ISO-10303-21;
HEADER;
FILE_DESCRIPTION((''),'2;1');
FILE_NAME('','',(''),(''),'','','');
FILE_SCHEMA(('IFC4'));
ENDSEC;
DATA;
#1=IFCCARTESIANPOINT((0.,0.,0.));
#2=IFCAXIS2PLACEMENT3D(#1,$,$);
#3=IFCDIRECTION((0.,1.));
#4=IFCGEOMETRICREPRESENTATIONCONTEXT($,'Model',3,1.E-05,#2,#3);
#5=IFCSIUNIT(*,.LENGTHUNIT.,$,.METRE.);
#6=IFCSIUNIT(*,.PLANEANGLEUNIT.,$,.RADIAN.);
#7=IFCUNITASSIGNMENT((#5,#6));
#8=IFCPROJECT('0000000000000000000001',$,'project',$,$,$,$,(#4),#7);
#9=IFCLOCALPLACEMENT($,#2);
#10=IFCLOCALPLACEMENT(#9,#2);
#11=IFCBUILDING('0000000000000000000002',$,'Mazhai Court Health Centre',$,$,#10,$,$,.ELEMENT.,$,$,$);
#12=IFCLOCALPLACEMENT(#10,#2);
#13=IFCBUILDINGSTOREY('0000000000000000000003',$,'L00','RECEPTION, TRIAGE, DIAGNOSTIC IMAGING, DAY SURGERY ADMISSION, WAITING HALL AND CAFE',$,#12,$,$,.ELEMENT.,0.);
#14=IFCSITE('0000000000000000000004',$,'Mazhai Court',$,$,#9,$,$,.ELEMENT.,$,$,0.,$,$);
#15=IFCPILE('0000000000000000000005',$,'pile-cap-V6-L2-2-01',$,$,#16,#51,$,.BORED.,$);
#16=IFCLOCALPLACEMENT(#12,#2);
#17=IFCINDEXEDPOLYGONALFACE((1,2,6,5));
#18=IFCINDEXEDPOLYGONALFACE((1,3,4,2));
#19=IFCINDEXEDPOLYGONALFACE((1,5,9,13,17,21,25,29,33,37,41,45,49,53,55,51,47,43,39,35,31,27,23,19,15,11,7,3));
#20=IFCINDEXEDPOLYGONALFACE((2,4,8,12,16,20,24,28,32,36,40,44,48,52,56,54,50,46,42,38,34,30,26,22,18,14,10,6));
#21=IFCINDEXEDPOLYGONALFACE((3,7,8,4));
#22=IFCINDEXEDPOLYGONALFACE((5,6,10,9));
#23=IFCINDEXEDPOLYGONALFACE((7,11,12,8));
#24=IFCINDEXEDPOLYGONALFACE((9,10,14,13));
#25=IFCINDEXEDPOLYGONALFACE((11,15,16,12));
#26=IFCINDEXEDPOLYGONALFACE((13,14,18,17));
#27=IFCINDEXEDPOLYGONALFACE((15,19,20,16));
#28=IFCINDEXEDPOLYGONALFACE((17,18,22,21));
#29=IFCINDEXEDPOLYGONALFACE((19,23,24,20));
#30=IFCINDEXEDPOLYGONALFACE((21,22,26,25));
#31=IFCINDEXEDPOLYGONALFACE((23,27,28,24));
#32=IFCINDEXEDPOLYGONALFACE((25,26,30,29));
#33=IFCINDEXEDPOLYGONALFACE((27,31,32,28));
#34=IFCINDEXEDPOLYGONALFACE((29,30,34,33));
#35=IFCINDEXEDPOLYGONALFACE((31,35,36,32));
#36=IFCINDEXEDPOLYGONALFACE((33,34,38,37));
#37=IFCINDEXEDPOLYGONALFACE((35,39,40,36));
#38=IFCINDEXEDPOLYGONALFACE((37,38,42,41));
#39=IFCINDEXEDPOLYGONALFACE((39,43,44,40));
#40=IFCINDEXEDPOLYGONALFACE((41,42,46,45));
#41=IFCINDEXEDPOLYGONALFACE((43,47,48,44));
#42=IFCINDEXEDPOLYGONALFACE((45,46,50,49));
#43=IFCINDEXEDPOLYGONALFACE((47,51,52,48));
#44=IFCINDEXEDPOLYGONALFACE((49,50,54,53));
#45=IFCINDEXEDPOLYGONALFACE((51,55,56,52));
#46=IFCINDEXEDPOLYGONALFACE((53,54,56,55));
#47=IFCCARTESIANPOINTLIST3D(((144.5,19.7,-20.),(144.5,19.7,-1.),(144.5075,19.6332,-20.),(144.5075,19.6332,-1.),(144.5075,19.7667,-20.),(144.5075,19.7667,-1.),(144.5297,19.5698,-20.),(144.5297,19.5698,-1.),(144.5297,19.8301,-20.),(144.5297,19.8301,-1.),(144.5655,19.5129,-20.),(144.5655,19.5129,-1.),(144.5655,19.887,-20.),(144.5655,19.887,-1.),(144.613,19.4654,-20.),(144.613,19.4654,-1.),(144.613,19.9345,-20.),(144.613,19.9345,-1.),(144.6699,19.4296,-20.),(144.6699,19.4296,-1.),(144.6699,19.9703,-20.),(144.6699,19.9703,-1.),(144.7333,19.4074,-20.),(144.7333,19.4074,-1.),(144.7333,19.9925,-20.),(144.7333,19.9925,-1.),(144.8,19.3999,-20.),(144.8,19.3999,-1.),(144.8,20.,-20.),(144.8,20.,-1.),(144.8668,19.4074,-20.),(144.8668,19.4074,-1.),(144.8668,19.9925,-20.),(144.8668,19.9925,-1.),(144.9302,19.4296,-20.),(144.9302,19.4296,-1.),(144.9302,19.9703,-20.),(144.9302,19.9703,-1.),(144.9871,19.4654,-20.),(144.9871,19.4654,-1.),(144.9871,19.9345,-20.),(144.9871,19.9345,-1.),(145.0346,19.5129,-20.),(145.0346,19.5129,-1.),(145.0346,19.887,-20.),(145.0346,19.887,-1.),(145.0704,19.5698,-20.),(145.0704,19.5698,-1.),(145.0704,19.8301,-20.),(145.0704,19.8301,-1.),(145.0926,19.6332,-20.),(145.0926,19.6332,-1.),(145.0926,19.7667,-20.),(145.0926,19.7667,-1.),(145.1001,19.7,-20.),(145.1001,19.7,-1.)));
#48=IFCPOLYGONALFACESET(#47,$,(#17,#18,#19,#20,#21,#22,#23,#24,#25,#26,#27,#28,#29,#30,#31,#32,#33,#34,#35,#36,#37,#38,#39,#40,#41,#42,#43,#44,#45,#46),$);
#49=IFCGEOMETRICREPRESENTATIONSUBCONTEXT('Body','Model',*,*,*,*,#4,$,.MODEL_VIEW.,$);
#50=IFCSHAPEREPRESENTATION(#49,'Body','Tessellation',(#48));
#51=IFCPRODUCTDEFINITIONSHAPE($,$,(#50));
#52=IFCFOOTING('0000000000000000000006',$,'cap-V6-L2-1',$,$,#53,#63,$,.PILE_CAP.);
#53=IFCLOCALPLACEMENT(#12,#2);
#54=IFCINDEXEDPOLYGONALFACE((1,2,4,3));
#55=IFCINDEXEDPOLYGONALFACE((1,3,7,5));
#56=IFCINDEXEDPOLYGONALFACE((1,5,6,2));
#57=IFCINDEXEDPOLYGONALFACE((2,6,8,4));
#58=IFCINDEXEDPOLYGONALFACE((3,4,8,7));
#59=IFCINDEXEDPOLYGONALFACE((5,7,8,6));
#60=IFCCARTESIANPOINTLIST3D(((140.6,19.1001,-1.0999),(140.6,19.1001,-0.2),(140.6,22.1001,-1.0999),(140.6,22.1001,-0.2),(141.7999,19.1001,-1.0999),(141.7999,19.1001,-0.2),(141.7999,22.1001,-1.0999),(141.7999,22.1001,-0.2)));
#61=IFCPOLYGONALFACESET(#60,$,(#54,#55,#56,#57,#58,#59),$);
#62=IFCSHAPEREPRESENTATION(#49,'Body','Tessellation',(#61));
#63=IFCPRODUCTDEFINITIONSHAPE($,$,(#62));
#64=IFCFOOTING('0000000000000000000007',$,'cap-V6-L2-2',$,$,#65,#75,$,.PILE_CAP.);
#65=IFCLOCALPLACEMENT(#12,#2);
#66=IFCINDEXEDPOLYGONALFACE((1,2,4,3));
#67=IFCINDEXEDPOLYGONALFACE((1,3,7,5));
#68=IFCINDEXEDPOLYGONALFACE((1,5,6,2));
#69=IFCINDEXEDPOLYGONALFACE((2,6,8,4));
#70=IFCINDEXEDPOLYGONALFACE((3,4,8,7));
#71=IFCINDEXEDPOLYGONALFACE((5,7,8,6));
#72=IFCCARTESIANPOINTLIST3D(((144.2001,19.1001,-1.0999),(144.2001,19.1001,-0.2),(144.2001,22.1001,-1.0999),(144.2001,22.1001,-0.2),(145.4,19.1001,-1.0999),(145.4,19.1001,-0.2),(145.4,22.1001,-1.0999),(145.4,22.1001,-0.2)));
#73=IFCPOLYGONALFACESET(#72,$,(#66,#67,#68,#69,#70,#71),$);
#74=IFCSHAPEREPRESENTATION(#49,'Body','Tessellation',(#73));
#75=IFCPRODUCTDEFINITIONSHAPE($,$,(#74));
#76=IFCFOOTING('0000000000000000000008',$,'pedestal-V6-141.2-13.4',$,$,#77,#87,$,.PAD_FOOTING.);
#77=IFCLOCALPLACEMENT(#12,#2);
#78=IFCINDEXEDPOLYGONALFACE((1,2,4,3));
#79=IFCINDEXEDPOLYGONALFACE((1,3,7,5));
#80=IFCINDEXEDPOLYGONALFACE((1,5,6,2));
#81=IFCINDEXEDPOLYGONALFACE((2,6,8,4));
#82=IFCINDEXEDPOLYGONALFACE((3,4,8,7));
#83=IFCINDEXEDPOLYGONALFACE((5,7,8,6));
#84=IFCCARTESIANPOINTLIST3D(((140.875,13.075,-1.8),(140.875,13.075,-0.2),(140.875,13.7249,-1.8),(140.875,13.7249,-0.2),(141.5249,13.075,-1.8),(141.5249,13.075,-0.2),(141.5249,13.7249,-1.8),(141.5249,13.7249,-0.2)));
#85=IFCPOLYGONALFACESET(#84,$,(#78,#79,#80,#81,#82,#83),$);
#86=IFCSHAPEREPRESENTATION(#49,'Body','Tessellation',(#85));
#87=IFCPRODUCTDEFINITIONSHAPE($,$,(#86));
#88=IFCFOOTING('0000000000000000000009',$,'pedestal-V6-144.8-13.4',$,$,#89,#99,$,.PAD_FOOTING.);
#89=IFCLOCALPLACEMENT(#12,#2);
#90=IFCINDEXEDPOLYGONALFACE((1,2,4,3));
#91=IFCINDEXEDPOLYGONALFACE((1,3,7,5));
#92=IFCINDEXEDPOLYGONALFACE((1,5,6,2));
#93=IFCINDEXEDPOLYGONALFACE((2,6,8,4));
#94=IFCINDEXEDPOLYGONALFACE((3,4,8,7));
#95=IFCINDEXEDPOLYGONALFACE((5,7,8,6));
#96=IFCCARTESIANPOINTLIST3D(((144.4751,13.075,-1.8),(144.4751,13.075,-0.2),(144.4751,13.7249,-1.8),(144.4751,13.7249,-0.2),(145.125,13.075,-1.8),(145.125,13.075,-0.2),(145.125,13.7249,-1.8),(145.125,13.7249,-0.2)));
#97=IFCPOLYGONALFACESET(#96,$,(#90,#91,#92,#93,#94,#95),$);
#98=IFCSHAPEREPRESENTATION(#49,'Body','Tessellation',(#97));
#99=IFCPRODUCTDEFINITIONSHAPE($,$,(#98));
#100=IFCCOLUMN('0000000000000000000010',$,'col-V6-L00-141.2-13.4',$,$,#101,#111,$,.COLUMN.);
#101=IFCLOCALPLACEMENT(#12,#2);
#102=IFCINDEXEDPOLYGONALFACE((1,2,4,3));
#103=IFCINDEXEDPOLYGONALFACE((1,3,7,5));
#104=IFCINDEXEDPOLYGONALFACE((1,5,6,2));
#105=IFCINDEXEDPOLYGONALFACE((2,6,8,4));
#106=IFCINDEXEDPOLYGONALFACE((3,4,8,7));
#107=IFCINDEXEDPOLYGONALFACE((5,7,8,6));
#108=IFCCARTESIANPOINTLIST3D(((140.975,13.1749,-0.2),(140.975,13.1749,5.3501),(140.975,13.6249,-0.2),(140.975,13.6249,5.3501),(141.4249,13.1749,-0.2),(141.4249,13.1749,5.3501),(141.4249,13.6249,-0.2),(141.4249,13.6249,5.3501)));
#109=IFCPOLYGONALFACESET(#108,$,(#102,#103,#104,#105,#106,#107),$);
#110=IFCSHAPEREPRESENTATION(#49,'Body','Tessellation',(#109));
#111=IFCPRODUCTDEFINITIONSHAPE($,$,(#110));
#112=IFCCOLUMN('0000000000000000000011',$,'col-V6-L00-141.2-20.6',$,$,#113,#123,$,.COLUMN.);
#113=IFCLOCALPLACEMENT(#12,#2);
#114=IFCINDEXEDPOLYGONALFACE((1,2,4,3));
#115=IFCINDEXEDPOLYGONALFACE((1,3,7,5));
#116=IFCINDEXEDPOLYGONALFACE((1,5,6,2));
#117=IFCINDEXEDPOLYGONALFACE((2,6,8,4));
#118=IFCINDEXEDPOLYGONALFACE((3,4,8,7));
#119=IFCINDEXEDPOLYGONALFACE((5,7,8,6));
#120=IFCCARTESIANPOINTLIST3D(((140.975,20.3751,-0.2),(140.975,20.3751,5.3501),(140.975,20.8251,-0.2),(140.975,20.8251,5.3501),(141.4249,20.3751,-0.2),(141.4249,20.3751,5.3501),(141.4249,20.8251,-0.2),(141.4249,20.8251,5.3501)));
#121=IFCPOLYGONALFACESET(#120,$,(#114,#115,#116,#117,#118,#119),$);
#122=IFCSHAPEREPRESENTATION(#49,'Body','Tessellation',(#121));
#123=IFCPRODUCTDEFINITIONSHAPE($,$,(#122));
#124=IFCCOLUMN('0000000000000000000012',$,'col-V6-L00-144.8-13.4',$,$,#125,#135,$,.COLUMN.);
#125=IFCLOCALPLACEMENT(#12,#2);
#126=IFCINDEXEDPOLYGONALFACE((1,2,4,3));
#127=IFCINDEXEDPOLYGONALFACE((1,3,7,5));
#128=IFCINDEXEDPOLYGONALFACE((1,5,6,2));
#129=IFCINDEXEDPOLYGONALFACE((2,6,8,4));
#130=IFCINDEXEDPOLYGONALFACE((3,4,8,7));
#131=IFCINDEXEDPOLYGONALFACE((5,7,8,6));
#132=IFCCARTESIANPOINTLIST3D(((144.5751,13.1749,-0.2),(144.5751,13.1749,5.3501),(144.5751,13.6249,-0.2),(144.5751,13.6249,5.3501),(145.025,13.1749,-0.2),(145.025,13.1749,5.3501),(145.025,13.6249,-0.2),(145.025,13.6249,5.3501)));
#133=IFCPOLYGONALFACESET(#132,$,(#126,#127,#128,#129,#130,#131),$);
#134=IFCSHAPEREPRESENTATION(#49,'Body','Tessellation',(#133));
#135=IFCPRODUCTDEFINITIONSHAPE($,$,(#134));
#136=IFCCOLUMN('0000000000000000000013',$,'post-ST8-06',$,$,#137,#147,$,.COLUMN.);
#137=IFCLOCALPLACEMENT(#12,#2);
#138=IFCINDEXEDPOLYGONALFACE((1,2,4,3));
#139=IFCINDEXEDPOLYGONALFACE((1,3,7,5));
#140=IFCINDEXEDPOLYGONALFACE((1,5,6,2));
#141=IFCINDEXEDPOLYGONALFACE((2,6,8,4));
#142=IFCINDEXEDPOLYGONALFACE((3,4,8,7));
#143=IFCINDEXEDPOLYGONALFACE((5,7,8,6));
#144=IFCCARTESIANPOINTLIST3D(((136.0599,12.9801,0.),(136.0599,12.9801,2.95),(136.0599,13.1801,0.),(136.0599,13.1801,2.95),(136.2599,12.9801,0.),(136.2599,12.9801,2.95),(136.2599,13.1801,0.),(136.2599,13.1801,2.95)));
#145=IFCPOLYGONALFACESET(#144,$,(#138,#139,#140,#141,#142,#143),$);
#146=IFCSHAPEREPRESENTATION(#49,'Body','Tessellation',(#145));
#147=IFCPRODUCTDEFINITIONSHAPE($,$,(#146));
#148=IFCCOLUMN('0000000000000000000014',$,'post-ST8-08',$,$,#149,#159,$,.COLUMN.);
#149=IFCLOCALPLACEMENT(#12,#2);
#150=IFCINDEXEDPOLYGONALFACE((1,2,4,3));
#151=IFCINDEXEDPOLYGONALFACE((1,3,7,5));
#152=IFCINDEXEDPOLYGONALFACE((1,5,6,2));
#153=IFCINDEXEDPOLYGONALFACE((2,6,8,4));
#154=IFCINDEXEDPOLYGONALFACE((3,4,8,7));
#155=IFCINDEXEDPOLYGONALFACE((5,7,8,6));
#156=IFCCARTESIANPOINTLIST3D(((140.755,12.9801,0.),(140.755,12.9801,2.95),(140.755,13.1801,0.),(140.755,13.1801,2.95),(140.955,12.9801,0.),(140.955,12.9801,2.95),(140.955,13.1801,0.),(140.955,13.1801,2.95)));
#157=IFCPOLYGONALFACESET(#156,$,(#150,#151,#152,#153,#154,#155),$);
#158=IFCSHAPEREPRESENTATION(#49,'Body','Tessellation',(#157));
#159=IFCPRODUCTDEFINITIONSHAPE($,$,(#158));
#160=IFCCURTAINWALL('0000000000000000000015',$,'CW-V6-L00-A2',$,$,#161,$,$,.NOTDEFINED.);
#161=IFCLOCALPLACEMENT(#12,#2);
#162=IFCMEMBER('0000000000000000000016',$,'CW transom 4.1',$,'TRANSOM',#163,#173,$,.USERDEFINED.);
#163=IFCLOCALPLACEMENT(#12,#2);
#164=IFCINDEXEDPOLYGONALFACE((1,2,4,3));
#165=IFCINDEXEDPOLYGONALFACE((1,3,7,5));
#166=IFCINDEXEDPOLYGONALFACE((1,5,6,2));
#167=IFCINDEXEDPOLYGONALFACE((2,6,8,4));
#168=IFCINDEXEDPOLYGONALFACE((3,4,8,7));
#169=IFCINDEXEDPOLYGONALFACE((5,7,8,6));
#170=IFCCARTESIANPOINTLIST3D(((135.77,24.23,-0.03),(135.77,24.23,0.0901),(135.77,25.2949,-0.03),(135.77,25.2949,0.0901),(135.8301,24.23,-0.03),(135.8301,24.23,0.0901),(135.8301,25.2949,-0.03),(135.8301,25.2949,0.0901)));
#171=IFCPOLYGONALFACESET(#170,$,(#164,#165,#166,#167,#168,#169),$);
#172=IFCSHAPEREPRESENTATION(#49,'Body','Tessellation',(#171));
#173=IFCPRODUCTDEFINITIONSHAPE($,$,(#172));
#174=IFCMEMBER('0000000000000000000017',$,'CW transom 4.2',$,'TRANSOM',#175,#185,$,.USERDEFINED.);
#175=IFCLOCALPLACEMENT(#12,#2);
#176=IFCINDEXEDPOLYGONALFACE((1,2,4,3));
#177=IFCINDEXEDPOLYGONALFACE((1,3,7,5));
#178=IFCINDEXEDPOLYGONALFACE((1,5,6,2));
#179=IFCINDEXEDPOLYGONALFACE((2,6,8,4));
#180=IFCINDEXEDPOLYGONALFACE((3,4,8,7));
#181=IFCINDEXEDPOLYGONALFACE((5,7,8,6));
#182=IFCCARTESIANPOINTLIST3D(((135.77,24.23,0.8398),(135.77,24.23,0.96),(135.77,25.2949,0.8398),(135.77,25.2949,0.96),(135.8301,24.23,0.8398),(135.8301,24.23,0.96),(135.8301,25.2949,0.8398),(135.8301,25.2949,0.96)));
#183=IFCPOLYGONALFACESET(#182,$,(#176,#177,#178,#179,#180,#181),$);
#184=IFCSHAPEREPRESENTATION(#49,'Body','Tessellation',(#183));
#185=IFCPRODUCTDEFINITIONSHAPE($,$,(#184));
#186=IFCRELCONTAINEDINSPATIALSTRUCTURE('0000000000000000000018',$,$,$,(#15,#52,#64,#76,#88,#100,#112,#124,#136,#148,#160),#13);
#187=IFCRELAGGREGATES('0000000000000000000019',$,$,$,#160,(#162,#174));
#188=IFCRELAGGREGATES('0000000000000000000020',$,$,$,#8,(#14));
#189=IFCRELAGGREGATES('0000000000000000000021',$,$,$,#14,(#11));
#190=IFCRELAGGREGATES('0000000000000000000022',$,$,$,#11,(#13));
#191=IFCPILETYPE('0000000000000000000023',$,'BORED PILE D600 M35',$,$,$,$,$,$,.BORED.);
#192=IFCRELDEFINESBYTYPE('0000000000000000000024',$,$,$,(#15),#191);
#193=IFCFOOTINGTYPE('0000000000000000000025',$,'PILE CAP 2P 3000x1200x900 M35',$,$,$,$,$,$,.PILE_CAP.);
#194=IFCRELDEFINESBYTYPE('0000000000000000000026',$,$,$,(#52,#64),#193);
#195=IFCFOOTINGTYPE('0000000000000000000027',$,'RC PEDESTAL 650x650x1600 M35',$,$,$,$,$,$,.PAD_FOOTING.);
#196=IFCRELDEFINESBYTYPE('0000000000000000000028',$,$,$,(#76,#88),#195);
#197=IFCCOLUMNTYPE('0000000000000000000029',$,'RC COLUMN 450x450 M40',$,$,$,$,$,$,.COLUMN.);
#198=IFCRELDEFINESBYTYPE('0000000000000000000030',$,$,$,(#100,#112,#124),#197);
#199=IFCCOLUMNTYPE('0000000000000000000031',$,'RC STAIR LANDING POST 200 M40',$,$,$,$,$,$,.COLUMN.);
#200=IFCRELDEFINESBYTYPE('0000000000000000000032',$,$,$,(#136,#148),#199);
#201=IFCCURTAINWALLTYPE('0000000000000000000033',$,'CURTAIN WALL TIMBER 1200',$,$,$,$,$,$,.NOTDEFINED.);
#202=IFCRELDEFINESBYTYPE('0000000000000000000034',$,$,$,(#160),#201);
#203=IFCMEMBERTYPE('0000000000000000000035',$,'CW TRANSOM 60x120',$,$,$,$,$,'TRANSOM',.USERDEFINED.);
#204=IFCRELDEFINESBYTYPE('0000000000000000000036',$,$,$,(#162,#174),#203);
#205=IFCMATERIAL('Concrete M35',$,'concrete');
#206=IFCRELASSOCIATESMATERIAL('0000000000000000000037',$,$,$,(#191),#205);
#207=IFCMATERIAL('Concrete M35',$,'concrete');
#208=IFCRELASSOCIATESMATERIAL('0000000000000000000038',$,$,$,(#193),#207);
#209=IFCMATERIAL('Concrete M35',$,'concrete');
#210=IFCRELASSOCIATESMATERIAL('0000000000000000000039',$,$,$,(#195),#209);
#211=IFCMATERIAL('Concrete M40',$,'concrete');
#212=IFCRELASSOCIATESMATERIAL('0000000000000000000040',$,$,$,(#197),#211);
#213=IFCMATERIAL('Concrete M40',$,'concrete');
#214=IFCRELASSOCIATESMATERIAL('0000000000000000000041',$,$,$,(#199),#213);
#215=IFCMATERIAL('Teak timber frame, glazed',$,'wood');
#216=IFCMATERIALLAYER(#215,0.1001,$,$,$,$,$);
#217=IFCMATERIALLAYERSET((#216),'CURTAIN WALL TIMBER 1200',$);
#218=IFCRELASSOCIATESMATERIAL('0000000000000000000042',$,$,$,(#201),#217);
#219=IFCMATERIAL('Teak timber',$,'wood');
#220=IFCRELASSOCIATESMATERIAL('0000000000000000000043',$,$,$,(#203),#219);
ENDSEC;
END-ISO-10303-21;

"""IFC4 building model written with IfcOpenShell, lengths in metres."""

from ifc_helpers import new_model, si_unit, direction, frame, origin, origin_2d, place, context, subcontext, project, spatial, rectangle, circle, extrude, material, layer, layer_set, material_profile, profile_set, type_object, element, aggregate, save


model = new_model("IFC4")

# Units and contexts
model_context = context("Model", 3, precision=1e-05, world=origin(), true_north=direction((0.0, 1.0)))
body_context = subcontext(model_context, "Body", "Model", "MODEL_VIEW")
ifc_project = project(units=[si_unit("LENGTHUNIT", "METRE"), si_unit("PLANEANGLEUNIT", "RADIAN")], contexts=[model_context])

# Site, building, storey
site_placement = place(None, origin())
site = spatial("IfcSite", under=ifc_project, at=site_placement, Name="Mazhai Court", CompositionType="ELEMENT", RefElevation=0.0)
building_placement = place(site_placement, origin())
building = spatial("IfcBuilding", under=site, at=building_placement, Name="Mazhai Court Health Centre", CompositionType="ELEMENT")
storey_placement = place(building_placement, origin())
storey = spatial("IfcBuildingStorey", under=building, at=storey_placement, Name="L00", Description="RECEPTION, TRIAGE, DIAGNOSTIC IMAGING, DAY SURGERY ADMISSION, WAITING HALL AND CAFE", CompositionType="ELEMENT", Elevation=0.0)

# Pile
ifc_material_1 = material(Name="Concrete M35", Category="concrete")
ifc_material_profile_1 = material_profile(ifc_material_1, circle(Radius=0.3, at=origin_2d()), Name="RC PILE D600")
ifc_profile_set_1 = profile_set([ifc_material_profile_1], Name="Concrete M35")
pile_type = type_object("IfcPileType", Name="BORED PILE D600 M35", PredefinedType="BORED", material=ifc_profile_set_1)
for number, where, z_axis, x_axis, name in (
    (1, (144.8, 19.7, -1.0), (0.0, 0.0, -1.0), (1.0, 0.0, 0.0), "pile-cap-V6-L2-2-01"),
):
    element("IfcPile", number, at=place(storey_placement, frame(where, z_axis=z_axis, x_axis=x_axis)), inside=storey, type_object=pile_type, Name=name, PredefinedType="BORED", context=body_context, shape_type="SweptSolid", body=[
        extrude(circle(Radius=0.3, at=origin_2d()), origin(), (0.0, 0.0, 1.0), 19.0),
    ])

# Footings
ifc_material_2 = material(Name="Concrete M35", Category="concrete")
footing_type_1 = type_object("IfcFootingType", Name="PILE CAP 2P 3000x1200x900 M35", PredefinedType="PILE_CAP", material=ifc_material_2)
for number, where, z_axis, x_axis, name in (
    (2, (141.2, 20.6001, -1.0999), (0.0, 0.0, 1.0), (1.0, 0.0, 0.0), "cap-V6-L2-1"),
    (3, (144.8, 20.6001, -1.0999), (0.0, 0.0, 1.0), (1.0, 0.0, 0.0), "cap-V6-L2-2"),
):
    element("IfcFooting", number, at=place(storey_placement, frame(where, z_axis=z_axis, x_axis=x_axis)), inside=storey, type_object=footing_type_1, Name=name, PredefinedType="PILE_CAP", context=body_context, shape_type="SweptSolid", body=[
        extrude(rectangle(XDim=1.2, YDim=3.0, at=origin_2d()), origin(), (0.0, 0.0, 1.0), 0.8999),
    ])
ifc_material_3 = material(Name="Concrete M35", Category="concrete")
footing_type_2 = type_object("IfcFootingType", Name="RC PEDESTAL 650x650x1600 M35", PredefinedType="PAD_FOOTING", material=ifc_material_3)
for number, where, z_axis, x_axis, name in (
    (4, (141.2, 13.3999, -1.8), (0.0, 0.0, 1.0), (1.0, 0.0, 0.0), "pedestal-V6-141.2-13.4"),
    (5, (144.8, 13.3999, -1.8), (0.0, 0.0, 1.0), (1.0, 0.0, 0.0), "pedestal-V6-144.8-13.4"),
):
    element("IfcFooting", number, at=place(storey_placement, frame(where, z_axis=z_axis, x_axis=x_axis)), inside=storey, type_object=footing_type_2, Name=name, PredefinedType="PAD_FOOTING", context=body_context, shape_type="SweptSolid", body=[
        extrude(rectangle(XDim=0.6499, YDim=0.6499, at=origin_2d()), origin(), (0.0, 0.0, 1.0), 1.6001),
    ])

# Columns
ifc_material_4 = material(Name="Concrete M40", Category="concrete")
ifc_material_profile_2 = material_profile(ifc_material_4, rectangle(XDim=0.45, YDim=0.45, at=origin_2d()), Name="RC 450x450")
ifc_profile_set_2 = profile_set([ifc_material_profile_2], Name="Concrete M40")
column_type_1 = type_object("IfcColumnType", Name="RC COLUMN 450x450 M40", PredefinedType="COLUMN", material=ifc_profile_set_2)
for number, where, z_axis, x_axis, name in (
    (6, (141.2, 13.3999, -0.2), (0.0, 0.0, 1.0), (1.0, 0.0, 0.0), "col-V6-L00-141.2-13.4"),
    (7, (141.2, 20.6001, -0.2), (0.0, 0.0, 1.0), (1.0, 0.0, 0.0), "col-V6-L00-141.2-20.6"),
    (8, (144.8, 13.3999, -0.2), (0.0, 0.0, 1.0), (1.0, 0.0, 0.0), "col-V6-L00-144.8-13.4"),
):
    element("IfcColumn", number, at=place(storey_placement, frame(where, z_axis=z_axis, x_axis=x_axis)), inside=storey, type_object=column_type_1, Name=name, PredefinedType="COLUMN", context=body_context, shape_type="SweptSolid", body=[
        extrude(rectangle(XDim=0.45, YDim=0.45, at=origin_2d()), origin(), (0.0, 0.0, 1.0), 5.55),
    ])
ifc_material_5 = material(Name="Concrete M40", Category="concrete")
ifc_material_profile_3 = material_profile(ifc_material_5, rectangle(XDim=0.2, YDim=0.2, at=origin_2d()), Name="RC 200x200")
ifc_profile_set_3 = profile_set([ifc_material_profile_3], Name="Concrete M40")
column_type_2 = type_object("IfcColumnType", Name="RC STAIR LANDING POST 200 M40", PredefinedType="COLUMN", material=ifc_profile_set_3)
for number, where, z_axis, x_axis, name in (
    (9, (136.1599, 13.0801, 0.0), (0.0, 0.0, 1.0), (1.0, 0.0, 0.0), "post-ST8-06"),
    (10, (140.855, 13.0801, 0.0), (0.0, 0.0, 1.0), (1.0, 0.0, 0.0), "post-ST8-08"),
):
    element("IfcColumn", number, at=place(storey_placement, frame(where, z_axis=z_axis, x_axis=x_axis)), inside=storey, type_object=column_type_2, Name=name, PredefinedType="COLUMN", context=body_context, shape_type="SweptSolid", body=[
        extrude(rectangle(XDim=0.2, YDim=0.2, at=origin_2d()), origin(), (0.0, 0.0, 1.0), 2.95),
    ])

# Curtain wall, members
ifc_material_6 = material(Name="Teak timber frame, glazed", Category="wood")
ifc_layer_1 = layer(ifc_material_6, 0.1001)
ifc_layer_set_1 = layer_set([ifc_layer_1], Name="CURTAIN WALL TIMBER 1200")
curtain_wall_type = type_object("IfcCurtainWallType", Name="CURTAIN WALL TIMBER 1200", PredefinedType="NOTDEFINED", material=ifc_layer_set_1)
curtain_wall_placement = place(storey_placement, origin())
curtain_wall = element("IfcCurtainWall", 11, at=curtain_wall_placement, inside=storey, type_object=curtain_wall_type, Name="CW-V6-L00-A2", PredefinedType="NOTDEFINED")
ifc_material_7 = material(Name="Teak timber", Category="wood")
ifc_material_profile_4 = material_profile(ifc_material_7, rectangle(XDim=0.0601, YDim=0.1201, at=origin_2d()), Name="CW TRANSOM 60x120")
ifc_profile_set_4 = profile_set([ifc_material_profile_4], Name="Teak timber")
member_type = type_object("IfcMemberType", Name="CW TRANSOM 60x120", ElementType="TRANSOM", PredefinedType="USERDEFINED", material=ifc_profile_set_4)
member_1_placement = place(storey_placement, frame((135.8, 24.23, 0.03), z_axis=(0.0, 1.0, 0.0), x_axis=(-1.0, 0.0, 0.0)))
member_1 = element("IfcMember", 12, at=member_1_placement, type_object=member_type, Name="CW transom 4.1", ObjectType="TRANSOM", PredefinedType="USERDEFINED", context=body_context, shape_type="SweptSolid", body=[
    extrude(rectangle(XDim=0.0601, YDim=0.1201, at=origin_2d()), origin(), (0.0, 0.0, 1.0), 1.0649),
])
member_2_placement = place(storey_placement, frame((135.8, 24.23, 0.8999), z_axis=(0.0, 1.0, 0.0), x_axis=(-1.0, 0.0, 0.0)))
member_2 = element("IfcMember", 13, at=member_2_placement, type_object=member_type, Name="CW transom 4.2", ObjectType="TRANSOM", PredefinedType="USERDEFINED", context=body_context, shape_type="SweptSolid", body=[
    extrude(rectangle(XDim=0.0601, YDim=0.1201, at=origin_2d()), origin(), (0.0, 0.0, 1.0), 1.0649),
])
aggregate(curtain_wall, [member_1, member_2])

save(model, "model.ifc")
